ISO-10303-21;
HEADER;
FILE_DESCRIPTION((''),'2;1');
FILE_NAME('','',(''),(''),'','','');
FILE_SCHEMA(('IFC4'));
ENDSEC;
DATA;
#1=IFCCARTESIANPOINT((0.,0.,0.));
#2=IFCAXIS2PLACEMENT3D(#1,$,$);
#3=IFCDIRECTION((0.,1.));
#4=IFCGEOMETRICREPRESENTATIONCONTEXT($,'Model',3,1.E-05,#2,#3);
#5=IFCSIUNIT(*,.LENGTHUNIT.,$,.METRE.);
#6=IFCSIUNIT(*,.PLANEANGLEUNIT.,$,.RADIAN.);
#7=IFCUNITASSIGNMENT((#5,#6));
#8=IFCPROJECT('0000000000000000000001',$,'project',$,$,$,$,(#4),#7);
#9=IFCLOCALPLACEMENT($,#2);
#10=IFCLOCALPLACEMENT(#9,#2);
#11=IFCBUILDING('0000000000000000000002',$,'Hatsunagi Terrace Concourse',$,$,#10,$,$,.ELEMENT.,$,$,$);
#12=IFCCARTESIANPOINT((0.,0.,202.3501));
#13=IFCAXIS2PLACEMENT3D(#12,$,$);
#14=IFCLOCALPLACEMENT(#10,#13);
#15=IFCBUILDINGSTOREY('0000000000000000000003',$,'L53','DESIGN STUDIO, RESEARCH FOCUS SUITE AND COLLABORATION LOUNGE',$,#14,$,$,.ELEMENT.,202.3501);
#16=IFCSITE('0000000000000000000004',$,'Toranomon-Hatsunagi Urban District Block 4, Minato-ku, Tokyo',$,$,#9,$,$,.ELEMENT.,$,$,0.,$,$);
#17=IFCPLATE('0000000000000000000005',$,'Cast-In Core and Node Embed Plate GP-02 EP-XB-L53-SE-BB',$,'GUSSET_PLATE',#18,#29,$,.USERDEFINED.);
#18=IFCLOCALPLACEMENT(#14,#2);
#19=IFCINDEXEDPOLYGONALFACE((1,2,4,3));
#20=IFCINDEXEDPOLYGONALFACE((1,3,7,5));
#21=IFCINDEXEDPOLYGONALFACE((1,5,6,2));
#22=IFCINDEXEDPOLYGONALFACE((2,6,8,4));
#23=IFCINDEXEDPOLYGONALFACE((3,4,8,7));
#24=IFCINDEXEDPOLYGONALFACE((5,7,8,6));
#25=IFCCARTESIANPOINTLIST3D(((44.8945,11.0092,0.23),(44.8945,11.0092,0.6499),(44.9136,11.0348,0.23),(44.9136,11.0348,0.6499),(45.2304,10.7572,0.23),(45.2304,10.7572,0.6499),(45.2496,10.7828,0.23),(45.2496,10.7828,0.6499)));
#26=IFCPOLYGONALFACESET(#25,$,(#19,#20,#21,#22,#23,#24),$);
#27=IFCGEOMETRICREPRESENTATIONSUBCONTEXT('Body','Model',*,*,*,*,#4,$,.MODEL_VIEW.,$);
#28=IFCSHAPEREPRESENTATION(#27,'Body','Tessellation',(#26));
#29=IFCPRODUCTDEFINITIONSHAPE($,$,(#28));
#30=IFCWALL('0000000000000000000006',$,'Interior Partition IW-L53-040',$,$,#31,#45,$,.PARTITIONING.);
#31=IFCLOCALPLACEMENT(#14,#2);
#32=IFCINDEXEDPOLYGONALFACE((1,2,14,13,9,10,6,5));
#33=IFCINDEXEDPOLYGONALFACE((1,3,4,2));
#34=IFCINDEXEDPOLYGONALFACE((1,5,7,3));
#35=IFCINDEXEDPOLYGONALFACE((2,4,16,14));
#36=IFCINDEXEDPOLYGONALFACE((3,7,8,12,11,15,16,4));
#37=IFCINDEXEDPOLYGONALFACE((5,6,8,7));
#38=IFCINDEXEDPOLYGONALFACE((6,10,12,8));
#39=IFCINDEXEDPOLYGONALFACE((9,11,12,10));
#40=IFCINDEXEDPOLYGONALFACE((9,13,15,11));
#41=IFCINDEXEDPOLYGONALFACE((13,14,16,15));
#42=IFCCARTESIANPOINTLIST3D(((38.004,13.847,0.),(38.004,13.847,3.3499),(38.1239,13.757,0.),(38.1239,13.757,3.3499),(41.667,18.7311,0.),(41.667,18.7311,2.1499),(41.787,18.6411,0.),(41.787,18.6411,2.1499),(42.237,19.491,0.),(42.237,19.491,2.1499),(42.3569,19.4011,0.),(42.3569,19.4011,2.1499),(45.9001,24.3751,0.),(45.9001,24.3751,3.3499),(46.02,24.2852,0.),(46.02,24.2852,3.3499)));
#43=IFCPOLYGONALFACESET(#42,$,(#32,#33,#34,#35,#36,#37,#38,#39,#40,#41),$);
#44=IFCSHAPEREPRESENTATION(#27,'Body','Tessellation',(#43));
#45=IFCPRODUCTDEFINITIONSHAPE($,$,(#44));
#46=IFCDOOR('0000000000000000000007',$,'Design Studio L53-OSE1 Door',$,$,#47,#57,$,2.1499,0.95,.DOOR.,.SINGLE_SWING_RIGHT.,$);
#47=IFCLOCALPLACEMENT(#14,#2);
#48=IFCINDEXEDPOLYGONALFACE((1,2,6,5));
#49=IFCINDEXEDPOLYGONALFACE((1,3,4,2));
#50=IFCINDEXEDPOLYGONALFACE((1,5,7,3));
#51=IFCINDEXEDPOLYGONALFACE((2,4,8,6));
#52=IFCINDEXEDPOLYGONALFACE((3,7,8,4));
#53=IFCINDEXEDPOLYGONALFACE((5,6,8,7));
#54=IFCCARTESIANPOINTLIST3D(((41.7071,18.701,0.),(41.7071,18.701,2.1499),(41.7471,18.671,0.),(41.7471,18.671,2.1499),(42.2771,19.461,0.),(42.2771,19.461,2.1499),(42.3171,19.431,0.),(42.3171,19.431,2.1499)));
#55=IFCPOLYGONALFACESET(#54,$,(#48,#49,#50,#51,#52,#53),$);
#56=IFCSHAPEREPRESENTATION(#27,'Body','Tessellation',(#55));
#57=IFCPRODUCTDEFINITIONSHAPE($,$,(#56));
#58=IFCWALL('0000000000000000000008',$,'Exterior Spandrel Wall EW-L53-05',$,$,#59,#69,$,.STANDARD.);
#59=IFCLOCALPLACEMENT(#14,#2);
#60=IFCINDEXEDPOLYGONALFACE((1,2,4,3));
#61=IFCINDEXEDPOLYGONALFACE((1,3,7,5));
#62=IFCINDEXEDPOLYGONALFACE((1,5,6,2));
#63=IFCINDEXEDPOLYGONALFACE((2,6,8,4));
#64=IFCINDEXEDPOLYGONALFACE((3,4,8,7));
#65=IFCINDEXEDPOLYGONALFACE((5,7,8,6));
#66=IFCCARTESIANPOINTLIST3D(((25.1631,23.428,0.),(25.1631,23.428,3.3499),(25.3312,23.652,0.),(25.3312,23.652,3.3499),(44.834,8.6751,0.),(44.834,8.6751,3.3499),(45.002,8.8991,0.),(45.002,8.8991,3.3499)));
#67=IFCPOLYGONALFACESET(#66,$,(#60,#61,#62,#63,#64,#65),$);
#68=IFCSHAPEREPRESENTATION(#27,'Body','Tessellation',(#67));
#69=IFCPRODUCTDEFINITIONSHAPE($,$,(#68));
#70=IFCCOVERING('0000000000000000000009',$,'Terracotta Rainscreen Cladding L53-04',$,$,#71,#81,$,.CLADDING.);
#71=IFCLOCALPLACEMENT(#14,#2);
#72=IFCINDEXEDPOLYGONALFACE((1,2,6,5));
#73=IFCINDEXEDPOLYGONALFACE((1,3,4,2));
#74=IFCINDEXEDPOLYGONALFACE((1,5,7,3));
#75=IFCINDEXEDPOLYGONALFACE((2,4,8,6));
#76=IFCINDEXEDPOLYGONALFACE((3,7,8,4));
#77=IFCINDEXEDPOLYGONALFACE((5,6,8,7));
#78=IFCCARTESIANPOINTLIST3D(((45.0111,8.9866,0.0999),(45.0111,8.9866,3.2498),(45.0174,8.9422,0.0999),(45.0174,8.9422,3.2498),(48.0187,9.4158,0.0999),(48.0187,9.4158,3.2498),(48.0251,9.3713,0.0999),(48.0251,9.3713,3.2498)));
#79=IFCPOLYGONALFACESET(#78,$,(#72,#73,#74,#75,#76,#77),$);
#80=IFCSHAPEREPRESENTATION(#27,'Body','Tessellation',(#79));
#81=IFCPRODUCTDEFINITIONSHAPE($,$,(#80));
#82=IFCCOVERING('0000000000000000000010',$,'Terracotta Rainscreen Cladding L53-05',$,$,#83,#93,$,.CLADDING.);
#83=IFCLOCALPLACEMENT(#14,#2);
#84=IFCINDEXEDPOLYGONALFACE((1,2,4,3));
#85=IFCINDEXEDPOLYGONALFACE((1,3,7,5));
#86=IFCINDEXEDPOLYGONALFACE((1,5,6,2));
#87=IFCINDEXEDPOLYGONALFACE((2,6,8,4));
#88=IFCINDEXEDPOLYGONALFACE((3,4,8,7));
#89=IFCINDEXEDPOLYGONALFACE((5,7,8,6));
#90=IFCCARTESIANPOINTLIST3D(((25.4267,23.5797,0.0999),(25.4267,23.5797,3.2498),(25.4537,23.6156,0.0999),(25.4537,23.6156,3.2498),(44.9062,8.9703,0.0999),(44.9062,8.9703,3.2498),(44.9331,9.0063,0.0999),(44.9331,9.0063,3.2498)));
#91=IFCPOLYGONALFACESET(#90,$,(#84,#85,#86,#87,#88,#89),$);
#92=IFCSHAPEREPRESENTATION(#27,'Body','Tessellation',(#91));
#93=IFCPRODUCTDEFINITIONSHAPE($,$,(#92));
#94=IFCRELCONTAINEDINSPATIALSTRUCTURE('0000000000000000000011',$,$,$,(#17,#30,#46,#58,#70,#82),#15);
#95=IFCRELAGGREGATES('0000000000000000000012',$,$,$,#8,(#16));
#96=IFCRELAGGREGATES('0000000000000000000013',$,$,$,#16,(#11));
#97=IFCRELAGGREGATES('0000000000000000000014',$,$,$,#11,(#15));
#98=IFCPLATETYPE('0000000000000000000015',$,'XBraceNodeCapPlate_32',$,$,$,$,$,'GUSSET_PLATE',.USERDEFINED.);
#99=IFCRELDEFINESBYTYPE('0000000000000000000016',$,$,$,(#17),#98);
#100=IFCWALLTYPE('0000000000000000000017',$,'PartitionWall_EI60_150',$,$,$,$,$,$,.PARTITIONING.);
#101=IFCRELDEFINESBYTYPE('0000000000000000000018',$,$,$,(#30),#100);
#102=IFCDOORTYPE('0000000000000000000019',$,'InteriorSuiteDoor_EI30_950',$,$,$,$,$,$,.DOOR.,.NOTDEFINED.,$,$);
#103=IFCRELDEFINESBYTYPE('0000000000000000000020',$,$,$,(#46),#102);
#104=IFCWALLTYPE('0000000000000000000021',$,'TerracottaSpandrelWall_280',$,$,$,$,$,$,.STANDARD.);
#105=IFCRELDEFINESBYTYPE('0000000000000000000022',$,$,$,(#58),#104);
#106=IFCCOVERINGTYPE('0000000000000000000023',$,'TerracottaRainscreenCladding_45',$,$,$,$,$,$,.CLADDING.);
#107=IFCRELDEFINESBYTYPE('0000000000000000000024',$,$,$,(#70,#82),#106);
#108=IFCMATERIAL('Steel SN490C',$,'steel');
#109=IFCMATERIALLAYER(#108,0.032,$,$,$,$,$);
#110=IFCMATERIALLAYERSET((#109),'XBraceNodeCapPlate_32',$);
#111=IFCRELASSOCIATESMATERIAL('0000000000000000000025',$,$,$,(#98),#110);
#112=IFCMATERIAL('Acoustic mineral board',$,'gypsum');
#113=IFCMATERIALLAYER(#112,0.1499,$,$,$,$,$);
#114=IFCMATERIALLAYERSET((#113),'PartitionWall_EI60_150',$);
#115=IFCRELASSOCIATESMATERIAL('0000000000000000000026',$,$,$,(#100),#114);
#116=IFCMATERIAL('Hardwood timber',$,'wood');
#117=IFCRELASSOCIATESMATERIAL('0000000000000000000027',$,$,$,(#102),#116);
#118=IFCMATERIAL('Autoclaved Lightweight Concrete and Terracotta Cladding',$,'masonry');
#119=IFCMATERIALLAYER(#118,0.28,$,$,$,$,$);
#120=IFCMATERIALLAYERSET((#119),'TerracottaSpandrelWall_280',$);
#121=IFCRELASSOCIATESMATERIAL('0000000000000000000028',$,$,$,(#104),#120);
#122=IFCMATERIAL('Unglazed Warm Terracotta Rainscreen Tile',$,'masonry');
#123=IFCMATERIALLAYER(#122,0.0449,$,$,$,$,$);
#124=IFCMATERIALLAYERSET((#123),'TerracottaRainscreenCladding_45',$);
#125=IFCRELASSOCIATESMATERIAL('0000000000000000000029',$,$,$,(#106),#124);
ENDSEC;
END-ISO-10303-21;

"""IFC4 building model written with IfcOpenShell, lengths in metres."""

from ifc_helpers import new_model, si_unit, direction, frame, frame_2d, origin, origin_2d, place, context, subcontext, project, spatial, rectangle, extrude, material, layer, layer_set, type_object, element, fill, save


model = new_model("IFC4")

# Units and contexts
model_context = context("Model", 3, precision=1e-05, world=origin(), true_north=direction((0.0, 1.0)))
body_context = subcontext(model_context, "Body", "Model", "MODEL_VIEW")
ifc_project = project(units=[si_unit("LENGTHUNIT", "METRE"), si_unit("PLANEANGLEUNIT", "RADIAN")], contexts=[model_context])

# Site, building, storey
site_placement = place(None, origin())
site = spatial("IfcSite", under=ifc_project, at=site_placement, Name="Toranomon-Hatsunagi Urban District Block 4, Minato-ku, Tokyo", CompositionType="ELEMENT", RefElevation=0.0)
building_placement = place(site_placement, origin())
building = spatial("IfcBuilding", under=site, at=building_placement, Name="Hatsunagi Terrace Concourse", CompositionType="ELEMENT")
storey_placement = place(building_placement, frame((0.0, 0.0, 202.3501)))
storey = spatial("IfcBuildingStorey", under=building, at=storey_placement, Name="L53", Description="DESIGN STUDIO, RESEARCH FOCUS SUITE AND COLLABORATION LOUNGE", CompositionType="ELEMENT", Elevation=202.3501)

# Plate
ifc_material_1 = material(Name="Steel SN490C", Category="steel")
ifc_layer_1 = layer(ifc_material_1, 0.032)
ifc_layer_set_1 = layer_set([ifc_layer_1], Name="XBraceNodeCapPlate_32")
plate_type = type_object("IfcPlateType", Name="XBraceNodeCapPlate_32", ElementType="GUSSET_PLATE", PredefinedType="USERDEFINED", material=ifc_layer_set_1)
for number, where, z_axis, x_axis, name in (
    (1, (45.072, 10.896, 0.23), (0.0, 0.0, 1.0), (0.8, -0.6, 0.0), "Cast-In Core and Node Embed Plate GP-02 EP-XB-L53-SE-BB"),
):
    element("IfcPlate", number, at=place(storey_placement, frame(where, z_axis=z_axis, x_axis=x_axis)), inside=storey, type_object=plate_type, Name=name, ObjectType="GUSSET_PLATE", PredefinedType="USERDEFINED", context=body_context, shape_type="SweptSolid", body=[
        extrude(rectangle(XDim=0.4199, YDim=0.032, at=origin_2d()), origin(), (0.0, 0.0, 1.0), 0.4199),
    ])

# Wall, opening, door
ifc_material_2 = material(Name="Acoustic mineral board", Category="gypsum")
ifc_layer_2 = layer(ifc_material_2, 0.1499)
ifc_layer_set_2 = layer_set([ifc_layer_2], Name="PartitionWall_EI60_150")
wall_type_1 = type_object("IfcWallType", Name="PartitionWall_EI60_150", PredefinedType="PARTITIONING", material=ifc_layer_set_2)
wall_1_placement = place(storey_placement, frame((38.064, 13.802, 0.0), z_axis=(0.0, 0.0, 1.0), x_axis=(0.599997, 0.800002, 0.0)))
wall_1 = element("IfcWall", 2, at=wall_1_placement, inside=storey, type_object=wall_type_1, Name="Interior Partition IW-L53-040", PredefinedType="PARTITIONING", context=body_context, shape_type="SweptSolid", body=[
    extrude(rectangle(XDim=13.1602, YDim=0.1499, at=frame_2d((6.5801, 0.0))), origin(), (0.0, 0.0, 1.0), 3.3499),
])
opening_placement = place(wall_1_placement, frame((6.105, 0.0, 0.0)))
opening = element("IfcOpeningElement", 3, at=opening_placement, cuts=wall_1, PredefinedType="OPENING", context=body_context, shape_type="SweptSolid", body=[
    extrude(rectangle(XDim=0.95, YDim=2.1499, at=frame_2d((0.4751, 1.075))), frame((0.0, 0.085, 0.0), z_axis=(0.0, -1.0, 0.0), x_axis=(1.0, 0.0, 0.0)), (0.0, 0.0, 1.0), 0.1699),
])
ifc_material_3 = material(Name="Hardwood timber", Category="wood")
door_type = type_object("IfcDoorType", Name="InteriorSuiteDoor_EI30_950", OperationType="NOTDEFINED", PredefinedType="DOOR", material=ifc_material_3)
door_placement = place(opening_placement, origin())
door = element("IfcDoor", 4, at=door_placement, inside=storey, type_object=door_type, Name="Design Studio L53-OSE1 Door", OperationType="SINGLE_SWING_RIGHT", OverallHeight=2.1499, OverallWidth=0.95, PredefinedType="DOOR", context=body_context, shape_type="SweptSolid", body=[
    extrude(rectangle(XDim=0.95, YDim=2.1499, at=frame_2d((0.4751, 1.075))), frame((0.0, 0.0249, 0.0), z_axis=(0.0, -1.0, 0.0), x_axis=(1.0, 0.0, 0.0)), (0.0, 0.0, 1.0), 0.05),
])
fill(opening, door)

# Wall
ifc_material_4 = material(Name="Autoclaved Lightweight Concrete and Terracotta Cladding", Category="masonry")
ifc_layer_3 = layer(ifc_material_4, 0.28)
ifc_layer_set_3 = layer_set([ifc_layer_3], Name="TerracottaSpandrelWall_280")
wall_type_2 = type_object("IfcWallType", Name="TerracottaSpandrelWall_280", PredefinedType="STANDARD", material=ifc_layer_set_3)
wall_2_placement = place(storey_placement, frame((44.918, 8.7871, 0.0), z_axis=(0.0, 0.0, 1.0), x_axis=(-0.800005, 0.599994, 0.0)))
element("IfcWall", 5, at=wall_2_placement, inside=storey, type_object=wall_type_2, Name="Exterior Spandrel Wall EW-L53-05", PredefinedType="STANDARD", context=body_context, shape_type="SweptSolid", body=[
    extrude(rectangle(XDim=24.5884, YDim=0.28, at=frame_2d((12.2942, 0.0))), origin(), (0.0, 0.0, 1.0), 3.3499),
])

# Coverings
ifc_material_5 = material(Name="Unglazed Warm Terracotta Rainscreen Tile", Category="masonry")
ifc_layer_4 = layer(ifc_material_5, 0.0449)
ifc_layer_set_4 = layer_set([ifc_layer_4], Name="TerracottaRainscreenCladding_45")
covering_type = type_object("IfcCoveringType", Name="TerracottaRainscreenCladding_45", PredefinedType="CLADDING", material=ifc_layer_set_4)
covering_1_placement = place(storey_placement, frame((46.5181, 9.179, 0.0999), z_axis=(0.0, 0.0, 1.0), x_axis=(-0.989974, -0.14125, 0.0)))
element("IfcCovering", 6, at=covering_1_placement, inside=storey, type_object=covering_type, Name="Terracotta Rainscreen Cladding L53-04", PredefinedType="CLADDING", context=body_context, shape_type="SweptSolid", body=[
    extrude(rectangle(XDim=3.0381, YDim=0.0449, at=origin_2d()), origin(), (0.0, 0.0, 1.0), 3.1499),
])
covering_2_placement = place(storey_placement, frame((35.1799, 16.293, 0.0999), z_axis=(0.0, 0.0, 1.0), x_axis=(-0.800005, 0.599993, 0.0)))
element("IfcCovering", 7, at=covering_2_placement, inside=storey, type_object=covering_type, Name="Terracotta Rainscreen Cladding L53-05", PredefinedType="CLADDING", context=body_context, shape_type="SweptSolid", body=[
    extrude(rectangle(XDim=24.3491, YDim=0.0449, at=origin_2d()), origin(), (0.0, 0.0, 1.0), 3.1499),
])

save(model, "model.ifc")
